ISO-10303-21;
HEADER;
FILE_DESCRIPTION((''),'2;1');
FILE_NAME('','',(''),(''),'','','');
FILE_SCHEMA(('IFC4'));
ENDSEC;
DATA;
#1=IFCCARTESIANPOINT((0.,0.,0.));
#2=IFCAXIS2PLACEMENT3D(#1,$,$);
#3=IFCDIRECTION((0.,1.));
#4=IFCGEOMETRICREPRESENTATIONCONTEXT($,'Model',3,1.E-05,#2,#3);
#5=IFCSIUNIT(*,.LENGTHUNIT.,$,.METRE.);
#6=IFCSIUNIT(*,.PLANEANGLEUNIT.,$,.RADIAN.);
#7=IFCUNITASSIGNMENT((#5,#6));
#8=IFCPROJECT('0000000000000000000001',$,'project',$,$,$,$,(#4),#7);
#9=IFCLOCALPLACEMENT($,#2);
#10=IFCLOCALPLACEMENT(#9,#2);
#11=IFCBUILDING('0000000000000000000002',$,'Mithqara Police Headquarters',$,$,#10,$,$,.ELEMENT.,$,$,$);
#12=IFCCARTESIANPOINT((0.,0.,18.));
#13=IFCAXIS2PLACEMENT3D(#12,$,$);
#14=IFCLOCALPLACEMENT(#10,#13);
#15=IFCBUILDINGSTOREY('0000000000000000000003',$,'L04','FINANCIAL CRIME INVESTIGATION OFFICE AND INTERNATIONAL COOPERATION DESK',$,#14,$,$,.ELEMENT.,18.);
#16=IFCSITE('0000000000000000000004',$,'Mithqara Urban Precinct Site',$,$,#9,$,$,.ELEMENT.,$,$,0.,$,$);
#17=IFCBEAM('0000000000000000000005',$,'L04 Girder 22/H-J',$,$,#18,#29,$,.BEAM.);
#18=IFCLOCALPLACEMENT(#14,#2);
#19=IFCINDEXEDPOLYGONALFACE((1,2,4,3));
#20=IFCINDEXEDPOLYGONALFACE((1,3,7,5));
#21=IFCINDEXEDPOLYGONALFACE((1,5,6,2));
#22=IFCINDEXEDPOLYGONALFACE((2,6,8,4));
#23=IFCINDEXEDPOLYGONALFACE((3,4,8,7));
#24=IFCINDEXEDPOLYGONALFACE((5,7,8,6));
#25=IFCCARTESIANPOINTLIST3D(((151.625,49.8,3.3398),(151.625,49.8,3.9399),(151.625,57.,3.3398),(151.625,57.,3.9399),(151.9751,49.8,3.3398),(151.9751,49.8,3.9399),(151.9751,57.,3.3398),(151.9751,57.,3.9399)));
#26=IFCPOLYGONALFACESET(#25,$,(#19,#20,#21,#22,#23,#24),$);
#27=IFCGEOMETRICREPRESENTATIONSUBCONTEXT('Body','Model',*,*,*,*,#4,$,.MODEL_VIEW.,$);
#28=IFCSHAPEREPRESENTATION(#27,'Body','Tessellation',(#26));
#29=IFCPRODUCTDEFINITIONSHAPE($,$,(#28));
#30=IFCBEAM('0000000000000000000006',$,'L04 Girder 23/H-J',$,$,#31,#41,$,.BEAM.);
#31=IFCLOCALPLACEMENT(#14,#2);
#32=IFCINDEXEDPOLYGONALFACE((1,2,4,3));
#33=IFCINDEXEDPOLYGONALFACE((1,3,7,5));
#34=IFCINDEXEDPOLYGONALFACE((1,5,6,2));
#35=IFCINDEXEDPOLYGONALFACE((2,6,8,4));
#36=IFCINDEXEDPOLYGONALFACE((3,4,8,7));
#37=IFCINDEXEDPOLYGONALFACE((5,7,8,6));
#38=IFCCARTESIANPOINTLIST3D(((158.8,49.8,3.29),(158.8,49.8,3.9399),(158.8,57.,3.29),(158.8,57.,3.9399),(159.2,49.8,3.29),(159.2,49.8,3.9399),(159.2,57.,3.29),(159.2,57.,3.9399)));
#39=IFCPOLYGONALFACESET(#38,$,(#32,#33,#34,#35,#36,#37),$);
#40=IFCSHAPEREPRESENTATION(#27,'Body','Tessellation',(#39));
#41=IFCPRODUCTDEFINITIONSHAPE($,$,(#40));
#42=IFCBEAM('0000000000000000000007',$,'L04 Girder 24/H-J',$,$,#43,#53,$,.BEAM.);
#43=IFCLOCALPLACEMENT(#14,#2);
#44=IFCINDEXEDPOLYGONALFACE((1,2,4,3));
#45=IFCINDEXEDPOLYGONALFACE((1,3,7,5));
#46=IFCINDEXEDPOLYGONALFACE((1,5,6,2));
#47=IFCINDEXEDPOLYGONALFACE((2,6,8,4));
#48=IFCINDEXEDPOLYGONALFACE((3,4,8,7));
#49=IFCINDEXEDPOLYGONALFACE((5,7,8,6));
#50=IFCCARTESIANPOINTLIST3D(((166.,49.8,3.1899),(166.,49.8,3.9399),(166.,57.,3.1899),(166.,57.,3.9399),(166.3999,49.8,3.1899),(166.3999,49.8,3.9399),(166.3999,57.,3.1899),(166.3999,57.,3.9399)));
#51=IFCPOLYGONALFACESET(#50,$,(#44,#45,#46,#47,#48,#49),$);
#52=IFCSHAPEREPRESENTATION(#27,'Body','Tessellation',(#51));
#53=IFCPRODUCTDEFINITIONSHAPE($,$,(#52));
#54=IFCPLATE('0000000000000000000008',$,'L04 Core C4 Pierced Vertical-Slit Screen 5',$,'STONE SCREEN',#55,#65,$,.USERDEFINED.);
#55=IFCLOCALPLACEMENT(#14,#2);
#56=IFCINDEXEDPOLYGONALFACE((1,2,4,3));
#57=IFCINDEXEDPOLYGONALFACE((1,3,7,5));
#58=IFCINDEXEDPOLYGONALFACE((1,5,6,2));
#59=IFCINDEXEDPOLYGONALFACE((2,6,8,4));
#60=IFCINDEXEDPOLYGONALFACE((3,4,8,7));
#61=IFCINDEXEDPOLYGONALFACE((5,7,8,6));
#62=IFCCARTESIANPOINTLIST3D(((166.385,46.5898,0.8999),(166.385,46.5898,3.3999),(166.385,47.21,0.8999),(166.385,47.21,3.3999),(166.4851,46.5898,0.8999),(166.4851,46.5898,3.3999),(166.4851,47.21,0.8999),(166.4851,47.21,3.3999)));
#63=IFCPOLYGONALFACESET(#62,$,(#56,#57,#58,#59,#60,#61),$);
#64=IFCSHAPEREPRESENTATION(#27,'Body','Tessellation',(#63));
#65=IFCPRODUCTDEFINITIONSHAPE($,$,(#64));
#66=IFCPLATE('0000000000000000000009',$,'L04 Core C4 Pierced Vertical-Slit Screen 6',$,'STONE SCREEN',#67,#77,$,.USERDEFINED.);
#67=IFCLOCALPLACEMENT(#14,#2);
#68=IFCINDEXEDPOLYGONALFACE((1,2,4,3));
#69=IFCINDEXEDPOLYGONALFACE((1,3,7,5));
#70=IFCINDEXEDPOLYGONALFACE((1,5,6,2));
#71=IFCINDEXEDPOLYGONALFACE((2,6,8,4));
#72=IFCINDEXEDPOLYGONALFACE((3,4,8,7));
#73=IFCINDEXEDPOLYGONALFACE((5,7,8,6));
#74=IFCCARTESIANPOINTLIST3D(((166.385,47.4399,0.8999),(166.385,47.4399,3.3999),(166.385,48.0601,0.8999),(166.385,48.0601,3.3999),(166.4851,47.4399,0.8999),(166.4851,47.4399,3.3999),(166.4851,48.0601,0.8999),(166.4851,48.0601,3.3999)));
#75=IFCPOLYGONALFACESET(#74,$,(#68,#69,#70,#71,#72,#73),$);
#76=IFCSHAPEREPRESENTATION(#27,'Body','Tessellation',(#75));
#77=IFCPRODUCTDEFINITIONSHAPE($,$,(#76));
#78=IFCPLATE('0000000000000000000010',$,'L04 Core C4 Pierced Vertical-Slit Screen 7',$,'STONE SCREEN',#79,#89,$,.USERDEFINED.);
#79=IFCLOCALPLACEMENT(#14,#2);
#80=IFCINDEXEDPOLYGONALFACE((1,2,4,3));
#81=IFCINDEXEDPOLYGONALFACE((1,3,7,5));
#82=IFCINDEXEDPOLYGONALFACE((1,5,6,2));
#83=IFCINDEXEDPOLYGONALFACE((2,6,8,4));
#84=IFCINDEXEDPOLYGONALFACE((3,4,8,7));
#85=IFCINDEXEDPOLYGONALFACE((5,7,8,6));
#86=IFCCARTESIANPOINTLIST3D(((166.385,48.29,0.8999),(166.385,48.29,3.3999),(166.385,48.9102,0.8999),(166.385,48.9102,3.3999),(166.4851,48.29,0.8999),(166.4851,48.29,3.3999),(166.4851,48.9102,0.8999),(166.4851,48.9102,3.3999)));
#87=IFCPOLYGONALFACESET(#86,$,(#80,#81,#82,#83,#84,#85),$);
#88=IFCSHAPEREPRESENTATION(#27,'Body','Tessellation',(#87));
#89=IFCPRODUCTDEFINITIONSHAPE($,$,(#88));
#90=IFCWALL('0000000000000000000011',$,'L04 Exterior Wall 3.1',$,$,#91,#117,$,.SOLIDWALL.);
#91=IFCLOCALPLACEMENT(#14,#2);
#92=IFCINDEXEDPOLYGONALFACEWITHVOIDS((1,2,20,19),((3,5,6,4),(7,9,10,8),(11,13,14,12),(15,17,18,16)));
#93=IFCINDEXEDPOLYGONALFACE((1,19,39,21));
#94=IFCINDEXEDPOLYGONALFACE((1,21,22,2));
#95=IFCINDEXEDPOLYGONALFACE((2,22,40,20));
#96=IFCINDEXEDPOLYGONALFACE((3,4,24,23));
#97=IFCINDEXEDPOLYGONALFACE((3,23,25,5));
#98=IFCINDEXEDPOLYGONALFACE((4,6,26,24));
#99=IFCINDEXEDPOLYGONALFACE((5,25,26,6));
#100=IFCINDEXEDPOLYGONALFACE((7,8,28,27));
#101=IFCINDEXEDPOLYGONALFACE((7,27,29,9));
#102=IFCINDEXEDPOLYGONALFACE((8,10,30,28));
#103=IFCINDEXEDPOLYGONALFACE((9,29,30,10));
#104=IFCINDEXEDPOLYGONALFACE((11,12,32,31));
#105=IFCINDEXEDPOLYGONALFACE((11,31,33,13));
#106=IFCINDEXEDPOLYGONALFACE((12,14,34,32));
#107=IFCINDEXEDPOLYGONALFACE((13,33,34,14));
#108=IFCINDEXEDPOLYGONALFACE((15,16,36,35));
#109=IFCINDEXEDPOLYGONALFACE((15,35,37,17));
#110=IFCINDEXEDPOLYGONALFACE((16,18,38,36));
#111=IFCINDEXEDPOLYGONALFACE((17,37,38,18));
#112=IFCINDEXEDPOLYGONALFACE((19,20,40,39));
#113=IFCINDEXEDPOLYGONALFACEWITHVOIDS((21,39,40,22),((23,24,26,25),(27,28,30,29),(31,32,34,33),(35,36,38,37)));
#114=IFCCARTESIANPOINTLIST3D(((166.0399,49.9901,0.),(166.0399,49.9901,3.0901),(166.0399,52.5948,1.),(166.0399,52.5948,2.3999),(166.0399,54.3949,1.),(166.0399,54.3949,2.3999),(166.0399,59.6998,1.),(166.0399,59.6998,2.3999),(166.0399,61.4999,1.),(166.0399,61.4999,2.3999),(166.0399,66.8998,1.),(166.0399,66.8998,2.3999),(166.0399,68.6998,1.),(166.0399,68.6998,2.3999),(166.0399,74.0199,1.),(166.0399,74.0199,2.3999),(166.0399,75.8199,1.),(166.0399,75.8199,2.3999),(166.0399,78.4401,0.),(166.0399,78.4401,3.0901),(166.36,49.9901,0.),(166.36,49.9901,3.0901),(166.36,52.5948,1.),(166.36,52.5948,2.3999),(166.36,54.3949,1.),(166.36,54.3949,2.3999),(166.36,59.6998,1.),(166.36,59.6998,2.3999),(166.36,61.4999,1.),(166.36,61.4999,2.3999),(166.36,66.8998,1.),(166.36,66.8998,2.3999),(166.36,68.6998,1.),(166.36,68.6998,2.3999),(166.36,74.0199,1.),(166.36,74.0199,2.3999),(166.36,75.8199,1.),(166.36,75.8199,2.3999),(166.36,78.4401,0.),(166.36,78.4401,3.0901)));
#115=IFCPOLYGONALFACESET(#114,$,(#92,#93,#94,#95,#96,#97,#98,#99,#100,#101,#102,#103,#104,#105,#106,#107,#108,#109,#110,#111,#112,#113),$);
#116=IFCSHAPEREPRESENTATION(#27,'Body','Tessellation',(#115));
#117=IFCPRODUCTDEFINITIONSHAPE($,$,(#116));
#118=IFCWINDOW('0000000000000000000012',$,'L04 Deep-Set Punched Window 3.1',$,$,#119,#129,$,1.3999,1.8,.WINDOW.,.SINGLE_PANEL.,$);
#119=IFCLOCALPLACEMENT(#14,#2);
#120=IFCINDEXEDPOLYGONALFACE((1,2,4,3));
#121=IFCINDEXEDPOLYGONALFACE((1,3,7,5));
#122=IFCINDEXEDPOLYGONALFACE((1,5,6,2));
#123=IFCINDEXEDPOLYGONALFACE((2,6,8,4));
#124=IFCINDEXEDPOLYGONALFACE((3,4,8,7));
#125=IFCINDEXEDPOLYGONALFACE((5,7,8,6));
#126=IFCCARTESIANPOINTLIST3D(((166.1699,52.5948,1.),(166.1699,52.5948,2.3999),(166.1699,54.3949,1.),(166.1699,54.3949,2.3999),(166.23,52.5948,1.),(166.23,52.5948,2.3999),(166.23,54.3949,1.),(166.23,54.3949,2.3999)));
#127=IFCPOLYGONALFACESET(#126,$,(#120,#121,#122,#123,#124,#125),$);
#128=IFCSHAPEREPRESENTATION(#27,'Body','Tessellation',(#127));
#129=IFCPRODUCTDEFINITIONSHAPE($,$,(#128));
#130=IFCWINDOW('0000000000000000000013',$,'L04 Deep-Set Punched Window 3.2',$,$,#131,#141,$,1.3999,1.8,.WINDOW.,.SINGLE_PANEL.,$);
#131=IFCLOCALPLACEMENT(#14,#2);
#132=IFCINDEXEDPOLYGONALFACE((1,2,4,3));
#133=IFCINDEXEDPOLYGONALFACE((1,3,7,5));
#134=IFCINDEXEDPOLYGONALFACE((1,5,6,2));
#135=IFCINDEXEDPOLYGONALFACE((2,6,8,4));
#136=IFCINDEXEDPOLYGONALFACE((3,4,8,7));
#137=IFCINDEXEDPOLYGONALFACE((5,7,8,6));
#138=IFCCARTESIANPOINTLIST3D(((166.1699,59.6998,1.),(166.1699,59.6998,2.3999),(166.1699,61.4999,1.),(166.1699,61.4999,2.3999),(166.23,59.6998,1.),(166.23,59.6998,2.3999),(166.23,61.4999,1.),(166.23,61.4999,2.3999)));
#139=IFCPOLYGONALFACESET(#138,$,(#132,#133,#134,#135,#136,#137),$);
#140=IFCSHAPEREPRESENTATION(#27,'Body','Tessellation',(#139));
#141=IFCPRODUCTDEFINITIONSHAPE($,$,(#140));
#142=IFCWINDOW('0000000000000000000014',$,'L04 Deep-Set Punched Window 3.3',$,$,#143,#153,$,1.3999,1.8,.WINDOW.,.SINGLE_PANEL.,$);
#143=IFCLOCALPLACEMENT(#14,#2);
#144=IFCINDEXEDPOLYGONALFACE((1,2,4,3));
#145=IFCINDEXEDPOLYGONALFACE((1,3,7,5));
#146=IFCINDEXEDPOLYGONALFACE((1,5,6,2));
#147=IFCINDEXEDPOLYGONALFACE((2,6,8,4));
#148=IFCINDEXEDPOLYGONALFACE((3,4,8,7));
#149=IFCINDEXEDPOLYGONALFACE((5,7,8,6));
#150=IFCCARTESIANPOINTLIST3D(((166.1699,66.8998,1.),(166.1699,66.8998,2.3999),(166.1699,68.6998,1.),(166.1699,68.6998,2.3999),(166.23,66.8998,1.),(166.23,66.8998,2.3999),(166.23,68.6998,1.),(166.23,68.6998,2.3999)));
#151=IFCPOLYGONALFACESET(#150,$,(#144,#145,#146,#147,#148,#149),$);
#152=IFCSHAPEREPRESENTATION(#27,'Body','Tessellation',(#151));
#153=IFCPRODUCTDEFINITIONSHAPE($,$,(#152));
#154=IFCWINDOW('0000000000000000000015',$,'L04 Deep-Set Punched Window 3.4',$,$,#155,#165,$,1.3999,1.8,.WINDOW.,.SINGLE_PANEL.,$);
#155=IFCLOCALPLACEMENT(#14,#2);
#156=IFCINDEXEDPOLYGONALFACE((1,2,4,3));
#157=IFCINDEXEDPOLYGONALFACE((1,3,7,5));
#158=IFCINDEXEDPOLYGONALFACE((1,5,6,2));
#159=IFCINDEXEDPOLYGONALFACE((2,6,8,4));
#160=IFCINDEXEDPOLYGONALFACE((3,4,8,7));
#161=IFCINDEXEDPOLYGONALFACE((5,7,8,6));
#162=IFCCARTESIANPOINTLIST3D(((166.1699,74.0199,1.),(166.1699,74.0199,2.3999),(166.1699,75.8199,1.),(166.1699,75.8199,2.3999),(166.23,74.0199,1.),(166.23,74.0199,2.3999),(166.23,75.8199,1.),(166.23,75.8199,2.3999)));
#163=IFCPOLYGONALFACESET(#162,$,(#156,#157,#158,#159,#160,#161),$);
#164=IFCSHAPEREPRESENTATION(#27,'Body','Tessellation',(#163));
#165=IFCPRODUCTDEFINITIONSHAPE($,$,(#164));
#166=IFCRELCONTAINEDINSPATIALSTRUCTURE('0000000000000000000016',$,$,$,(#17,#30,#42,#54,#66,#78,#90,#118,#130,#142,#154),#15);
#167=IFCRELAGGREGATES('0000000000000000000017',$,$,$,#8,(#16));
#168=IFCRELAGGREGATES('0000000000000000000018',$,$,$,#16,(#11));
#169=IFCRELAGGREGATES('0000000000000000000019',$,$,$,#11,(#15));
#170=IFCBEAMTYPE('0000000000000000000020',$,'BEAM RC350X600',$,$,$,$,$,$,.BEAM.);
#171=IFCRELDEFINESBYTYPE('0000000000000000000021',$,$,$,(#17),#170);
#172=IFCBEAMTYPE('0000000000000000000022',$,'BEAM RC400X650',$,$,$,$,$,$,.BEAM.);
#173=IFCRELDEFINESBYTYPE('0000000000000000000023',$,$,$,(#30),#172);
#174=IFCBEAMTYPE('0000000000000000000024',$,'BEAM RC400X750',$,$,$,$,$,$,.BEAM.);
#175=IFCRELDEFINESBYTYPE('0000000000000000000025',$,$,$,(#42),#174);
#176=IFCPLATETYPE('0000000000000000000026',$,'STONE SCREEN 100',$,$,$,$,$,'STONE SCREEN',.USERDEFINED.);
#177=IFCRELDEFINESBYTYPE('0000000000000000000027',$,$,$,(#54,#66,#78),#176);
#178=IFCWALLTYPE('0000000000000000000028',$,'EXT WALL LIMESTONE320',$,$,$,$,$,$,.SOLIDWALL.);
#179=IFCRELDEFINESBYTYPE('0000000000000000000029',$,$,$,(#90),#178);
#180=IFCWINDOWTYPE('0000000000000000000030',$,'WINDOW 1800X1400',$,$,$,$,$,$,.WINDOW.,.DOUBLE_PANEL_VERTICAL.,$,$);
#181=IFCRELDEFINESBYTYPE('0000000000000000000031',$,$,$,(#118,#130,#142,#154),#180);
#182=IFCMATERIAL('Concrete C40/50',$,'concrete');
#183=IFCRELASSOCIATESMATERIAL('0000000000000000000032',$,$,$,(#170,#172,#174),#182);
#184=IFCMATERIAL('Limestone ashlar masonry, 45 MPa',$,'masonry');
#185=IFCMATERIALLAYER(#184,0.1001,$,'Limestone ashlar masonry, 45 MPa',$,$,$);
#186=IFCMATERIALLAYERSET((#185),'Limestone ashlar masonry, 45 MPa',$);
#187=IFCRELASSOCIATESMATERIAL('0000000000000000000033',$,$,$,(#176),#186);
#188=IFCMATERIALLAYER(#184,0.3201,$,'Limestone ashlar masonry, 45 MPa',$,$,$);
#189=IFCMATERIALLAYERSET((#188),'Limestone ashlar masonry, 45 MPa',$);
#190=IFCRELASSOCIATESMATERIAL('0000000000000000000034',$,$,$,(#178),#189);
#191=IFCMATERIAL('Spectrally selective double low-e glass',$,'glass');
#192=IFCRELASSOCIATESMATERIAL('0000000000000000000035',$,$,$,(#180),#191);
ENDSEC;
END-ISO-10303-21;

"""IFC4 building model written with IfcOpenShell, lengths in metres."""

from ifc_helpers import new_model, si_unit, direction, frame, frame_2d, origin, origin_2d, place, context, subcontext, project, spatial, rectangle, extrude, material, layer, layer_set, material_profile, profile_set, type_object, element, fill, save


model = new_model("IFC4")

# Units and contexts
model_context = context("Model", 3, precision=1e-05, world=origin(), true_north=direction((0.0, 1.0)))
body_context = subcontext(model_context, "Body", "Model", "MODEL_VIEW")
ifc_project = project(units=[si_unit("LENGTHUNIT", "METRE"), si_unit("PLANEANGLEUNIT", "RADIAN")], contexts=[model_context])

# Site, building, storey
site_placement = place(None, origin())
site = spatial("IfcSite", under=ifc_project, at=site_placement, Name="Mithqara Urban Precinct Site", CompositionType="ELEMENT", RefElevation=0.0)
building_placement = place(site_placement, origin())
building = spatial("IfcBuilding", under=site, at=building_placement, Name="Mithqara Police Headquarters", CompositionType="ELEMENT")
storey_placement = place(building_placement, frame((0.0, 0.0, 18.0)))
storey = spatial("IfcBuildingStorey", under=building, at=storey_placement, Name="L04", Description="FINANCIAL CRIME INVESTIGATION OFFICE AND INTERNATIONAL COOPERATION DESK", CompositionType="ELEMENT", Elevation=18.0)

# Beams
ifc_material_1 = material(Name="Concrete C40/50", Category="concrete")
ifc_material_profile_1 = material_profile(ifc_material_1, rectangle(XDim=0.3501, YDim=0.6001, at=origin_2d()), Name="RC 350x600")
ifc_profile_set_1 = profile_set([ifc_material_profile_1], Name="Concrete C40/50")
beam_type_1 = type_object("IfcBeamType", Name="BEAM RC350X600", PredefinedType="BEAM", material=ifc_profile_set_1)
beam_1_placement = place(storey_placement, frame((151.8, 49.8, 3.6399), z_axis=(0.0, 1.0, 0.0), x_axis=(-1.0, 0.0, 0.0)))
element("IfcBeam", 1, at=beam_1_placement, inside=storey, type_object=beam_type_1, Name="L04 Girder 22/H-J", PredefinedType="BEAM", context=body_context, shape_type="SweptSolid", body=[
    extrude(rectangle(XDim=0.3501, YDim=0.6001, at=origin_2d()), origin(), (0.0, 0.0, 1.0), 7.2),
])
ifc_material_profile_2 = material_profile(ifc_material_1, rectangle(XDim=0.3999, YDim=0.6499, at=origin_2d()), Name="RC 400x650")
ifc_profile_set_2 = profile_set([ifc_material_profile_2], Name="Concrete C40/50")
beam_type_2 = type_object("IfcBeamType", Name="BEAM RC400X650", PredefinedType="BEAM", material=ifc_profile_set_2)
beam_2_placement = place(storey_placement, frame((159.0, 49.8, 3.615), z_axis=(0.0, 1.0, 0.0), x_axis=(-1.0, 0.0, 0.0)))
element("IfcBeam", 2, at=beam_2_placement, inside=storey, type_object=beam_type_2, Name="L04 Girder 23/H-J", PredefinedType="BEAM", context=body_context, shape_type="SweptSolid", body=[
    extrude(rectangle(XDim=0.3999, YDim=0.6499, at=origin_2d()), origin(), (0.0, 0.0, 1.0), 7.2),
])
ifc_material_profile_3 = material_profile(ifc_material_1, rectangle(XDim=0.3999, YDim=0.75, at=origin_2d()), Name="RC 400x750")
ifc_profile_set_3 = profile_set([ifc_material_profile_3], Name="Concrete C40/50")
beam_type_3 = type_object("IfcBeamType", Name="BEAM RC400X750", PredefinedType="BEAM", material=ifc_profile_set_3)
beam_3_placement = place(storey_placement, frame((166.2, 49.8, 3.5649), z_axis=(0.0, 1.0, 0.0), x_axis=(-1.0, 0.0, 0.0)))
element("IfcBeam", 3, at=beam_3_placement, inside=storey, type_object=beam_type_3, Name="L04 Girder 24/H-J", PredefinedType="BEAM", context=body_context, shape_type="SweptSolid", body=[
    extrude(rectangle(XDim=0.3999, YDim=0.75, at=origin_2d()), origin(), (0.0, 0.0, 1.0), 7.2),
])

# Plates
ifc_material_2 = material(Name="Limestone ashlar masonry, 45 MPa", Category="masonry")
ifc_layer_1 = layer(ifc_material_2, 0.1001, Name="Limestone ashlar masonry, 45 MPa")
ifc_layer_set_1 = layer_set([ifc_layer_1], Name="Limestone ashlar masonry, 45 MPa")
plate_type = type_object("IfcPlateType", Name="STONE SCREEN 100", ElementType="STONE SCREEN", PredefinedType="USERDEFINED", material=ifc_layer_set_1)
for number, where, z_axis, x_axis, name in (
    (4, (166.4351, 46.8999, 0.8999), (0.0, 0.0, 1.0), (0.0, 1.0, 0.0), "L04 Core C4 Pierced Vertical-Slit Screen 5"),
    (5, (166.4351, 47.75, 0.8999), (0.0, 0.0, 1.0), (0.0, 1.0, 0.0), "L04 Core C4 Pierced Vertical-Slit Screen 6"),
    (6, (166.4351, 48.6001, 0.8999), (0.0, 0.0, 1.0), (0.0, 1.0, 0.0), "L04 Core C4 Pierced Vertical-Slit Screen 7"),
):
    element("IfcPlate", number, at=place(storey_placement, frame(where, z_axis=z_axis, x_axis=x_axis)), inside=storey, type_object=plate_type, Name=name, ObjectType="STONE SCREEN", PredefinedType="USERDEFINED", context=body_context, shape_type="SweptSolid", body=[
        extrude(rectangle(XDim=0.6201, YDim=0.1001, at=origin_2d()), origin(), (0.0, 0.0, 1.0), 2.5),
    ])

# Wall, openings, windows
ifc_layer_2 = layer(ifc_material_2, 0.3201, Name="Limestone ashlar masonry, 45 MPa")
ifc_layer_set_2 = layer_set([ifc_layer_2], Name="Limestone ashlar masonry, 45 MPa")
wall_type_1 = type_object("IfcWallType", Name="EXT WALL LIMESTONE320", PredefinedType="SOLIDWALL", material=ifc_layer_set_2)
wall_1_placement = place(storey_placement, frame((166.2, 49.99, 0.0), z_axis=(0.0, 0.0, 1.0), x_axis=(0.0, 1.0, 0.0)))
wall_1 = element("IfcWall", 7, at=wall_1_placement, inside=storey, type_object=wall_type_1, Name="L04 Exterior Wall 3.1", PredefinedType="SOLIDWALL", context=body_context, shape_type="SweptSolid", body=[
    extrude(rectangle(XDim=28.45, YDim=0.3201, at=frame_2d((14.2251, 0.0))), origin(), (0.0, 0.0, 1.0), 3.0901),
])
opening_1_placement = place(wall_1_placement, frame((2.605, 0.0, 1.0)))
opening_1 = element("IfcOpeningElement", 8, at=opening_1_placement, cuts=wall_1, PredefinedType="OPENING", context=body_context, shape_type="SweptSolid", body=[
    extrude(rectangle(XDim=1.8, YDim=1.3999, at=frame_2d((0.8999, 0.7))), frame((0.0, 0.1699, 0.0), z_axis=(0.0, -1.0, 0.0), x_axis=(1.0, 0.0, 0.0)), (0.0, 0.0, 1.0), 0.3401),
])
opening_2_placement = place(wall_1_placement, frame((9.71, 0.0, 1.0)))
opening_2 = element("IfcOpeningElement", 9, at=opening_2_placement, cuts=wall_1, PredefinedType="OPENING", context=body_context, shape_type="SweptSolid", body=[
    extrude(rectangle(XDim=1.8, YDim=1.3999, at=frame_2d((0.8999, 0.7))), frame((0.0, 0.1699, 0.0), z_axis=(0.0, -1.0, 0.0), x_axis=(1.0, 0.0, 0.0)), (0.0, 0.0, 1.0), 0.3401),
])
opening_3_placement = place(wall_1_placement, frame((16.9099, 0.0, 1.0)))
opening_3 = element("IfcOpeningElement", 10, at=opening_3_placement, cuts=wall_1, PredefinedType="OPENING", context=body_context, shape_type="SweptSolid", body=[
    extrude(rectangle(XDim=1.8, YDim=1.3999, at=frame_2d((0.8999, 0.7))), frame((0.0, 0.1699, 0.0), z_axis=(0.0, -1.0, 0.0), x_axis=(1.0, 0.0, 0.0)), (0.0, 0.0, 1.0), 0.3401),
])
opening_4_placement = place(wall_1_placement, frame((24.03, 0.0, 1.0)))
opening_4 = element("IfcOpeningElement", 11, at=opening_4_placement, cuts=wall_1, PredefinedType="OPENING", context=body_context, shape_type="SweptSolid", body=[
    extrude(rectangle(XDim=1.8, YDim=1.3999, at=frame_2d((0.8999, 0.7))), frame((0.0, 0.1699, 0.0), z_axis=(0.0, -1.0, 0.0), x_axis=(1.0, 0.0, 0.0)), (0.0, 0.0, 1.0), 0.3401),
])
ifc_material_3 = material(Name="Spectrally selective double low-e glass", Category="glass")
window_type = type_object("IfcWindowType", Name="WINDOW 1800X1400", PartitioningType="DOUBLE_PANEL_VERTICAL", PredefinedType="WINDOW", material=ifc_material_3)
window_1_placement = place(opening_1_placement, origin())
window_1 = element("IfcWindow", 12, at=window_1_placement, inside=storey, type_object=window_type, Name="L04 Deep-Set Punched Window 3.1", OverallHeight=1.3999, OverallWidth=1.8, PartitioningType="SINGLE_PANEL", PredefinedType="WINDOW", context=body_context, shape_type="SweptSolid", body=[
    extrude(rectangle(XDim=1.8, YDim=1.3999, at=frame_2d((0.8999, 0.7))), frame((0.0, 0.03, 0.0), z_axis=(0.0, -1.0, 0.0), x_axis=(1.0, 0.0, 0.0)), (0.0, 0.0, 1.0), 0.0601),
])
fill(opening_1, window_1)
window_2_placement = place(opening_2_placement, origin())
window_2 = element("IfcWindow", 13, at=window_2_placement, inside=storey, type_object=window_type, Name="L04 Deep-Set Punched Window 3.2", OverallHeight=1.3999, OverallWidth=1.8, PartitioningType="SINGLE_PANEL", PredefinedType="WINDOW", context=body_context, shape_type="SweptSolid", body=[
    extrude(rectangle(XDim=1.8, YDim=1.3999, at=frame_2d((0.8999, 0.7))), frame((0.0, 0.03, 0.0), z_axis=(0.0, -1.0, 0.0), x_axis=(1.0, 0.0, 0.0)), (0.0, 0.0, 1.0), 0.0601),
])
fill(opening_2, window_2)
window_3_placement = place(opening_3_placement, origin())
window_3 = element("IfcWindow", 14, at=window_3_placement, inside=storey, type_object=window_type, Name="L04 Deep-Set Punched Window 3.3", OverallHeight=1.3999, OverallWidth=1.8, PartitioningType="SINGLE_PANEL", PredefinedType="WINDOW", context=body_context, shape_type="SweptSolid", body=[
    extrude(rectangle(XDim=1.8, YDim=1.3999, at=frame_2d((0.8999, 0.7))), frame((0.0, 0.03, 0.0), z_axis=(0.0, -1.0, 0.0), x_axis=(1.0, 0.0, 0.0)), (0.0, 0.0, 1.0), 0.0601),
])
fill(opening_3, window_3)
window_4_placement = place(opening_4_placement, origin())
window_4 = element("IfcWindow", 15, at=window_4_placement, inside=storey, type_object=window_type, Name="L04 Deep-Set Punched Window 3.4", OverallHeight=1.3999, OverallWidth=1.8, PartitioningType="SINGLE_PANEL", PredefinedType="WINDOW", context=body_context, shape_type="SweptSolid", body=[
    extrude(rectangle(XDim=1.8, YDim=1.3999, at=frame_2d((0.8999, 0.7))), frame((0.0, 0.03, 0.0), z_axis=(0.0, -1.0, 0.0), x_axis=(1.0, 0.0, 0.0)), (0.0, 0.0, 1.0), 0.0601),
])
fill(opening_4, window_4)

save(model, "model.ifc")
